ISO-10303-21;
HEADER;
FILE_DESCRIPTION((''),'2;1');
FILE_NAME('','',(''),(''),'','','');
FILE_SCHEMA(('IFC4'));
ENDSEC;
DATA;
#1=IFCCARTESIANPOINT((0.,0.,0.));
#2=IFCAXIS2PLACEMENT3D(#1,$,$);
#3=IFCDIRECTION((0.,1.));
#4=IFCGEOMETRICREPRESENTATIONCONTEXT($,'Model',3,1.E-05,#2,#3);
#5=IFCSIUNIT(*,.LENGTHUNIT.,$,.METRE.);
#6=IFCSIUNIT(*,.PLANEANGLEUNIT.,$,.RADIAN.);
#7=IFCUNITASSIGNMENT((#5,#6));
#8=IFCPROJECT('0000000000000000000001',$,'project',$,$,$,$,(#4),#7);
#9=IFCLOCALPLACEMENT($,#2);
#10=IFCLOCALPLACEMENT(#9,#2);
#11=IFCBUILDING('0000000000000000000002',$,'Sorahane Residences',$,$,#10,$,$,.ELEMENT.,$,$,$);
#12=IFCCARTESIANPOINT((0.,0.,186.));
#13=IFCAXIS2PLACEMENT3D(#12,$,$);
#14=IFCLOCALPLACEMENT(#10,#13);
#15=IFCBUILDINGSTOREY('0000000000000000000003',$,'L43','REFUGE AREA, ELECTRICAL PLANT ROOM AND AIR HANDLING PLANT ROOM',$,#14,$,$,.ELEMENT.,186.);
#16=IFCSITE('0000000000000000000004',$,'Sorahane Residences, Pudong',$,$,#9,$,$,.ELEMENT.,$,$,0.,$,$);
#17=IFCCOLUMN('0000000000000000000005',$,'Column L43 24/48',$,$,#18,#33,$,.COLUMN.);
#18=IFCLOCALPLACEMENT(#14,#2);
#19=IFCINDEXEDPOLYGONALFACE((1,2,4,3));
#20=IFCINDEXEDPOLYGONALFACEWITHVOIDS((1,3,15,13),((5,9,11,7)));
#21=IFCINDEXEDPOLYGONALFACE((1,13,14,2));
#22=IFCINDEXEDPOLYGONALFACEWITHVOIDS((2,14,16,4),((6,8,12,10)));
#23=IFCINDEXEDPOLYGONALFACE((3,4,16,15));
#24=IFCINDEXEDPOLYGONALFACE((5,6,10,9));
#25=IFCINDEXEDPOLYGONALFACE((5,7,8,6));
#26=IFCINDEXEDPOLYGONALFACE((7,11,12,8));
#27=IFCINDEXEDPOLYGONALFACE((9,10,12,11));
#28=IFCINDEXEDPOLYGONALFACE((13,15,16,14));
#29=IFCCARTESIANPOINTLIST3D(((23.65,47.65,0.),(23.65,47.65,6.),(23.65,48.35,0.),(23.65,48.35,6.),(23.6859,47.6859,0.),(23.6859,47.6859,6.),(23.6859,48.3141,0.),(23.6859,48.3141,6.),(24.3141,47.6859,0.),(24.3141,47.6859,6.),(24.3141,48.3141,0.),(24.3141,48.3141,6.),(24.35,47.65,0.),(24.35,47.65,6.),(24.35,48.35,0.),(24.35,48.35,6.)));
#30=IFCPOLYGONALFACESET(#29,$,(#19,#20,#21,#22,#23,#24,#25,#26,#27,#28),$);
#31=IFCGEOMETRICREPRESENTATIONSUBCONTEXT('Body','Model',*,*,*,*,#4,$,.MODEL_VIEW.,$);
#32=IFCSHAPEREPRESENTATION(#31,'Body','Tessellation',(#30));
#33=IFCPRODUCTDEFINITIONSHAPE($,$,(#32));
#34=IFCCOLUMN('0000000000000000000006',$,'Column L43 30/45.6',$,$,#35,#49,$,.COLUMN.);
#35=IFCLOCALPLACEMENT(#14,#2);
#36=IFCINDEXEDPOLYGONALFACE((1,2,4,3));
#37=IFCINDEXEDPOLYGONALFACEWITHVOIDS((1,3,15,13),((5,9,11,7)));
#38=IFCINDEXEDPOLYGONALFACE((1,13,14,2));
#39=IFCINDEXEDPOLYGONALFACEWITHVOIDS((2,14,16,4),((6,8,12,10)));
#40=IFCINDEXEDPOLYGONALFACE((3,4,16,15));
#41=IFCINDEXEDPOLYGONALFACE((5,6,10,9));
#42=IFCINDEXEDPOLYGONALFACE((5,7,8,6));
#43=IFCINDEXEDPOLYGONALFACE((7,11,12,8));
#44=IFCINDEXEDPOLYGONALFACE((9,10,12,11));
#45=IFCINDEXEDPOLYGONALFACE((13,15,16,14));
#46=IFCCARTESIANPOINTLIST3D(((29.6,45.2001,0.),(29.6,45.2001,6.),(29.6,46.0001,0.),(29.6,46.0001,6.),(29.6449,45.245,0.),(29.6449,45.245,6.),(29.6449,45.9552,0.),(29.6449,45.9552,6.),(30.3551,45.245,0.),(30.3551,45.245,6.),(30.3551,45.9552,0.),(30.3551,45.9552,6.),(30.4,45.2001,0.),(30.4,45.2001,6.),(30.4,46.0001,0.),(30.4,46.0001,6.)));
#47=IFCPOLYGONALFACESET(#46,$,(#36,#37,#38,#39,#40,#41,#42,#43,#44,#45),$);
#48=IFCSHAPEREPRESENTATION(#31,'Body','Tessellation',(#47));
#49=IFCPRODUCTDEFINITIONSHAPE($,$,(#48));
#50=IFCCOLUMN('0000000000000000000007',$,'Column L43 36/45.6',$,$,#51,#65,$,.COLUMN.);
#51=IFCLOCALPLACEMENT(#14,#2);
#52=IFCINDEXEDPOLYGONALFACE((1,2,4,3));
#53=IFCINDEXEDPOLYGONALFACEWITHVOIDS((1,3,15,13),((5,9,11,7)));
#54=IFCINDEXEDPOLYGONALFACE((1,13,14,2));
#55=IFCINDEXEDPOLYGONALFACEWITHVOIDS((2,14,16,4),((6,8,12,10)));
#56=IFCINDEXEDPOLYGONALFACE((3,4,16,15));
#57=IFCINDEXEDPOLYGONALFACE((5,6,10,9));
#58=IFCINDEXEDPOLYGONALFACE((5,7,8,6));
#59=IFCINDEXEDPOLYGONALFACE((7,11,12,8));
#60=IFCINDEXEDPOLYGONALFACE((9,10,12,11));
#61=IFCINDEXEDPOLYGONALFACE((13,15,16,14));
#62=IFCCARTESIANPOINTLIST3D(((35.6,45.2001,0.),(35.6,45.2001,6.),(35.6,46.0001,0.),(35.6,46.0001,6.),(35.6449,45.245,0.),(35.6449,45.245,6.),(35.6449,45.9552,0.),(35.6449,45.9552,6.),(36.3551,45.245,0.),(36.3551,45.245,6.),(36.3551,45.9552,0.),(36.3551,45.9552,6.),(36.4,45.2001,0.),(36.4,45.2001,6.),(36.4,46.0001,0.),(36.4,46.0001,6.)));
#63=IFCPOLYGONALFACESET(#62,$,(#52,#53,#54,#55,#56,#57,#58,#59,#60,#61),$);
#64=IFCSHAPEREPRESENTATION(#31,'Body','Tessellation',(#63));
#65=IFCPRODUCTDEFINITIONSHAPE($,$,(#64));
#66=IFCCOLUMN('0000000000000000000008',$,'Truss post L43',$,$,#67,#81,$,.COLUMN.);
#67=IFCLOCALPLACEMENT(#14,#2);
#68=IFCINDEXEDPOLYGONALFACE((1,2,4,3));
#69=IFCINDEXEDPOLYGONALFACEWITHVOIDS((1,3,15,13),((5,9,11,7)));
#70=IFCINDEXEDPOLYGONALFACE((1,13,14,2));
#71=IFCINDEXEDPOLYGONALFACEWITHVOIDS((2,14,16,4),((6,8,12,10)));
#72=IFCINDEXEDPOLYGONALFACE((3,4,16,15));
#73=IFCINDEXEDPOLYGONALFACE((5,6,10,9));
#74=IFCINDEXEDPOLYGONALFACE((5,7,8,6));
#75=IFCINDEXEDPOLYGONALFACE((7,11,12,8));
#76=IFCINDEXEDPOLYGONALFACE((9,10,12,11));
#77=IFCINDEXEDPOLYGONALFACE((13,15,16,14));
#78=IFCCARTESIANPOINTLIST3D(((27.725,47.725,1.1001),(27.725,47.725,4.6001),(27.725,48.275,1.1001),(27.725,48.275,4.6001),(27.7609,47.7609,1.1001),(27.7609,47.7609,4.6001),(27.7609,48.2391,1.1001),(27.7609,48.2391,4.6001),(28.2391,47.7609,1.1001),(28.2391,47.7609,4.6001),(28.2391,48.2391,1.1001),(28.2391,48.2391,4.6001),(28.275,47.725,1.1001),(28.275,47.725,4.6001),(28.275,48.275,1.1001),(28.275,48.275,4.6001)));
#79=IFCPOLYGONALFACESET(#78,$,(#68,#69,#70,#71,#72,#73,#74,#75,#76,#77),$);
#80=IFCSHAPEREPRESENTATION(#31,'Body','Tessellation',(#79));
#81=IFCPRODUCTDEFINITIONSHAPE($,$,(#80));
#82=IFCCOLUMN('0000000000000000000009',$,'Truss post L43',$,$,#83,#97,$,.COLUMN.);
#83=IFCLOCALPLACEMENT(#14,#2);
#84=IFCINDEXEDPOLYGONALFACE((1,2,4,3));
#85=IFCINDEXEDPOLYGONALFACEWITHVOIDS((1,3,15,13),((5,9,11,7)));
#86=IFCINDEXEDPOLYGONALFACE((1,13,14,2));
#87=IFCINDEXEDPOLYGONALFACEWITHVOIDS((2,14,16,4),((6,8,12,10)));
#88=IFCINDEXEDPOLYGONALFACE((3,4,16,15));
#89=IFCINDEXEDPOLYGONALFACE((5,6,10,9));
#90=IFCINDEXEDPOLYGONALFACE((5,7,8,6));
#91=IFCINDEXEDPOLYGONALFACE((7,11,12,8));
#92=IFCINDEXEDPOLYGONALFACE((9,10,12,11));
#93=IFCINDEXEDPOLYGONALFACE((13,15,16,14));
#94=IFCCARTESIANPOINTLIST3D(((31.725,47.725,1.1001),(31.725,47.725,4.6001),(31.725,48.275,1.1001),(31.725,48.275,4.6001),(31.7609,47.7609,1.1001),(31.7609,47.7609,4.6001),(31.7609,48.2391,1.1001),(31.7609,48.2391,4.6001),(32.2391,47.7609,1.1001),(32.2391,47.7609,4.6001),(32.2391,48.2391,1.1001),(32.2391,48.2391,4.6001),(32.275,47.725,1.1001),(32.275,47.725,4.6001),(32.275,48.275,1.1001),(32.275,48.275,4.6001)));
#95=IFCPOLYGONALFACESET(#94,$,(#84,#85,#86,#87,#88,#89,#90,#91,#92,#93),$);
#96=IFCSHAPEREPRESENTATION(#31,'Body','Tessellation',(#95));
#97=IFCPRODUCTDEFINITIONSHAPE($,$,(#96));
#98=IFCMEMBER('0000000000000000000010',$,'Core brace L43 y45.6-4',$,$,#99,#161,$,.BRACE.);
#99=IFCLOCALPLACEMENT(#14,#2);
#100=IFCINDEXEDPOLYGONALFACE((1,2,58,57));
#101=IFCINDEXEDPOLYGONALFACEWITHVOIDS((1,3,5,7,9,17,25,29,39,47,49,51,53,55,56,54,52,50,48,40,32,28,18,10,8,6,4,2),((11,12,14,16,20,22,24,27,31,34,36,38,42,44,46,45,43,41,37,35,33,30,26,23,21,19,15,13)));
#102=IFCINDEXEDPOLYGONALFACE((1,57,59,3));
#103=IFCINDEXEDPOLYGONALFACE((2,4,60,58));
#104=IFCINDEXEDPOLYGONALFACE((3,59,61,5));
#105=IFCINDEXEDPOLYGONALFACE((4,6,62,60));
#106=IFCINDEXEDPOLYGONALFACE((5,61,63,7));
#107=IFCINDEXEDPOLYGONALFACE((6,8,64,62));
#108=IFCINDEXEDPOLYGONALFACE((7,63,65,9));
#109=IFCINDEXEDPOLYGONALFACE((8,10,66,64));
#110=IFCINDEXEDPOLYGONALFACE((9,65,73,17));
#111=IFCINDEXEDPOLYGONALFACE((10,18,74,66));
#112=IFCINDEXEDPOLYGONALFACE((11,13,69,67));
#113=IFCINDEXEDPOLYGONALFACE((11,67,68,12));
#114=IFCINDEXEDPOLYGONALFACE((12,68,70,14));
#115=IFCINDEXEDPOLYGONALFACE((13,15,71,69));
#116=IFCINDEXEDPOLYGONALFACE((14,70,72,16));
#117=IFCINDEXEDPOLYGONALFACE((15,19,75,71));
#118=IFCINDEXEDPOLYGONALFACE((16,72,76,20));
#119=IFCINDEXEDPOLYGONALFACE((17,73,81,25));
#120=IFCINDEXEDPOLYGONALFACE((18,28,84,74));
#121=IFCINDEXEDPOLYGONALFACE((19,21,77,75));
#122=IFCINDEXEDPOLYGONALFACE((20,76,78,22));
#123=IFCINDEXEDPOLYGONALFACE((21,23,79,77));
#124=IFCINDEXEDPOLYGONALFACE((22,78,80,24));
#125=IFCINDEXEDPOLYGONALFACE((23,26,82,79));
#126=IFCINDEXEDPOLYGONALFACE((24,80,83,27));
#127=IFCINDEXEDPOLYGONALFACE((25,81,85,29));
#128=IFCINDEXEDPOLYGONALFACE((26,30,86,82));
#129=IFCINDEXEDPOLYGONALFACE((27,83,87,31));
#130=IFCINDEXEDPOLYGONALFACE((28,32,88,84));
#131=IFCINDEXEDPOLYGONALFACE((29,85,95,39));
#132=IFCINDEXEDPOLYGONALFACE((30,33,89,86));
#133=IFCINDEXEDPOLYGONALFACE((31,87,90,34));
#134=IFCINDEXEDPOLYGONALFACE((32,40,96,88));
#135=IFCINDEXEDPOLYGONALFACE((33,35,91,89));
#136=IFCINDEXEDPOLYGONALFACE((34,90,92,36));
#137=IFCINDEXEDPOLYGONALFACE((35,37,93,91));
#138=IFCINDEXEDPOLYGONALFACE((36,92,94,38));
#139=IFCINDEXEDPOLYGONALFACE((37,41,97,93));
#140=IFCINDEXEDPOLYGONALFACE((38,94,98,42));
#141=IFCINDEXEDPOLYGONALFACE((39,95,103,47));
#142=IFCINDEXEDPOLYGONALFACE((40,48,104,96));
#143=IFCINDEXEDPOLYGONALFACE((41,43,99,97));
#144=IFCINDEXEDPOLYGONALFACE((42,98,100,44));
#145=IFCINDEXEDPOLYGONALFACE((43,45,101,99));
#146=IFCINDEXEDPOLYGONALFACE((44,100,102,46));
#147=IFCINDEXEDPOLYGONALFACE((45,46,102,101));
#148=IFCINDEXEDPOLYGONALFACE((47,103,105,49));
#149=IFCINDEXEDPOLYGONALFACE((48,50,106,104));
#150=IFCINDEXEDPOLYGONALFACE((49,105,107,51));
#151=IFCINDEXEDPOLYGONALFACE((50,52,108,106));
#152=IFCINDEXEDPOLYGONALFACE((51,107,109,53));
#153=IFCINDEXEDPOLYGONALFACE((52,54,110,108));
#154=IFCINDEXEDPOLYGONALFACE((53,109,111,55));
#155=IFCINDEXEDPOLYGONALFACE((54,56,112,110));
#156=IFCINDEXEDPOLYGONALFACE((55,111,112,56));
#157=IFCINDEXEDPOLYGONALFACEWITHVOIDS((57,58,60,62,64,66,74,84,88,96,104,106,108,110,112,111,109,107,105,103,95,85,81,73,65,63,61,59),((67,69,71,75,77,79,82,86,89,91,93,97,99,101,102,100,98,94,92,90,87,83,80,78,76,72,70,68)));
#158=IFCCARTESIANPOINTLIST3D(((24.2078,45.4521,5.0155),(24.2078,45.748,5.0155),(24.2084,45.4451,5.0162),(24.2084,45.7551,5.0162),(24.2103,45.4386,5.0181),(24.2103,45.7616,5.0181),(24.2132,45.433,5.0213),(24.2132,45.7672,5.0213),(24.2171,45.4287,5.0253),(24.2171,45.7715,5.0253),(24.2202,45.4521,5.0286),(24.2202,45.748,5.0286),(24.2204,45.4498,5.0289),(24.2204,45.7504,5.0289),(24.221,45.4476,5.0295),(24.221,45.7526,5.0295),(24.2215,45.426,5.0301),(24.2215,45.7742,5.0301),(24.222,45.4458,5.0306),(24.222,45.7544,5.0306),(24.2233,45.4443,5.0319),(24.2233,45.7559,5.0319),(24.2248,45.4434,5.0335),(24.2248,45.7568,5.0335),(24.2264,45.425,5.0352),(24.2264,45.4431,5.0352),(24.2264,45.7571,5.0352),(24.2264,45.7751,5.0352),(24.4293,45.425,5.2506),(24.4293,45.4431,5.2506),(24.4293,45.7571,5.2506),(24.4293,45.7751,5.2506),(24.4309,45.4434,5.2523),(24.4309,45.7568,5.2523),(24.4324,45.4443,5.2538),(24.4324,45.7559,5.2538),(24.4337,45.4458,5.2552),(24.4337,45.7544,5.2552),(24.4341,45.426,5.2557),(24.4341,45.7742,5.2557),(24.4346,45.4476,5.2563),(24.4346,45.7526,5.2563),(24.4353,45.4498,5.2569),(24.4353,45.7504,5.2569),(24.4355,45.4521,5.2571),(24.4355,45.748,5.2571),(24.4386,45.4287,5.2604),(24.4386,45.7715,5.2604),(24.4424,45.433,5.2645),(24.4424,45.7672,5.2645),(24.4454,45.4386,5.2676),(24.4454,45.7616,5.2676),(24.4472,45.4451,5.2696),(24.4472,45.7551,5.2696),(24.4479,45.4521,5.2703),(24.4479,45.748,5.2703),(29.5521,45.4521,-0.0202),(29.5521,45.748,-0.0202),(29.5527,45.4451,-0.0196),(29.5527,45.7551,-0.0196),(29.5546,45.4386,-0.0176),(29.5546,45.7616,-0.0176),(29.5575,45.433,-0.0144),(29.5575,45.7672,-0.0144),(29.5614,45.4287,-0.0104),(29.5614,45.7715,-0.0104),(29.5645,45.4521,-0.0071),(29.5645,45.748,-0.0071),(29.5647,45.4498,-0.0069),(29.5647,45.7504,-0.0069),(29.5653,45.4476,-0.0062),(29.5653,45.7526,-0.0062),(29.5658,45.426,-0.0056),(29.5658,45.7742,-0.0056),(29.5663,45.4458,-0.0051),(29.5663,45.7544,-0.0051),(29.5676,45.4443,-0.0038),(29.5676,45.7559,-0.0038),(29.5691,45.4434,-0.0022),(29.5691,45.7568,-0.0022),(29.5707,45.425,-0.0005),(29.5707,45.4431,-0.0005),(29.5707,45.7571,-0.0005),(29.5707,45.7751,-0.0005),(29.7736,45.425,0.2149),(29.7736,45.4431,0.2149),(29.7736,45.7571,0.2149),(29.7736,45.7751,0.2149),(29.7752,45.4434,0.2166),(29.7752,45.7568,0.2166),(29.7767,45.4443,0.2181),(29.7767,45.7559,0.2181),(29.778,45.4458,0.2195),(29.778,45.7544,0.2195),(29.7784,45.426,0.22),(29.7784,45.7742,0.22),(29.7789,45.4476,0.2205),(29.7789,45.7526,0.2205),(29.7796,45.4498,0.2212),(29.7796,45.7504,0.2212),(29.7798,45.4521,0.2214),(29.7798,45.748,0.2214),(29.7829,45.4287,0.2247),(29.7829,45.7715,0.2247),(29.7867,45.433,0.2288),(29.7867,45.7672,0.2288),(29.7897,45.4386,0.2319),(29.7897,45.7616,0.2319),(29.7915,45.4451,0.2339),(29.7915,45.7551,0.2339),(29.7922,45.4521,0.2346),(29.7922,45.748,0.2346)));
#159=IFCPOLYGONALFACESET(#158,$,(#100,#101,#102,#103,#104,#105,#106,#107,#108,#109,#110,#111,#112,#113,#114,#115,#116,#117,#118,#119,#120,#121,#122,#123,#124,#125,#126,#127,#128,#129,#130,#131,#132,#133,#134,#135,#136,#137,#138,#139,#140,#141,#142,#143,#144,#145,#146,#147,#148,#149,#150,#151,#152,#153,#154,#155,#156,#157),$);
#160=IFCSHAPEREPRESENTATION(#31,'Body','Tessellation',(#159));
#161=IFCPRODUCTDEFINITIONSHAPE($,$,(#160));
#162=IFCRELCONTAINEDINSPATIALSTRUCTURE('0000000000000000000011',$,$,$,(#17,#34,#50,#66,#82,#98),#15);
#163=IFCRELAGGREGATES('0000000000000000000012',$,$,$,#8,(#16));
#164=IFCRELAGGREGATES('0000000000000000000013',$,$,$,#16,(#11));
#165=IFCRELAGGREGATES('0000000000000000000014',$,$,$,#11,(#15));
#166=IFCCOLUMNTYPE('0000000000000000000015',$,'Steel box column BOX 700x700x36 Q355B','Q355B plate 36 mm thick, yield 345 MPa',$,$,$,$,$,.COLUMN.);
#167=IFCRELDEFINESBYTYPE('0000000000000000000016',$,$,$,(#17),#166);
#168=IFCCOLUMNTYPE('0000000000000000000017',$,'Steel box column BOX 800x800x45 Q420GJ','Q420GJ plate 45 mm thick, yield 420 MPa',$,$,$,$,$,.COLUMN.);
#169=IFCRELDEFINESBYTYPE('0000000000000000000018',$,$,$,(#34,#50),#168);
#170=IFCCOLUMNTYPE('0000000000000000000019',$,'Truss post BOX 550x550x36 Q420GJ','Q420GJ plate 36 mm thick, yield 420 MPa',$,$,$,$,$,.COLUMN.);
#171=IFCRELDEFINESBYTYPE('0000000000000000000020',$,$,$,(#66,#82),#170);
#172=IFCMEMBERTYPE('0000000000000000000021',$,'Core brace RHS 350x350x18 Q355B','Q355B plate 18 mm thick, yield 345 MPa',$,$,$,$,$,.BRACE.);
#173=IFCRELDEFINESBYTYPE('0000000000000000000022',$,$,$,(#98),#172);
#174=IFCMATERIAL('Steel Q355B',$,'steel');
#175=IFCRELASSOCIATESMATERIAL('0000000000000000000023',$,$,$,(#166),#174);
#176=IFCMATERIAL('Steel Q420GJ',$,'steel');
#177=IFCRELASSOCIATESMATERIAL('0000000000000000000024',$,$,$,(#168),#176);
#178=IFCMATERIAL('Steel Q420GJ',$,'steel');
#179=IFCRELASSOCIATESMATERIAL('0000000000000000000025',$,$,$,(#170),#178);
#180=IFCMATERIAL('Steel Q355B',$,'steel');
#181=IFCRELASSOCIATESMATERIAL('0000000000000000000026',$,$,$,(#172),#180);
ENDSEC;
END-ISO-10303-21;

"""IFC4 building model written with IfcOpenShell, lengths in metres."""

from ifc_helpers import new_model, si_unit, direction, frame, origin, origin_2d, place, context, subcontext, project, spatial, hollow_rectangle, extrude, material, material_profile, profile_set, type_object, element, save


model = new_model("IFC4")

# Units and contexts
model_context = context("Model", 3, precision=1e-05, world=origin(), true_north=direction((0.0, 1.0)))
body_context = subcontext(model_context, "Body", "Model", "MODEL_VIEW")
ifc_project = project(units=[si_unit("LENGTHUNIT", "METRE"), si_unit("PLANEANGLEUNIT", "RADIAN")], contexts=[model_context])

# Site, building, storey
site_placement = place(None, origin())
site = spatial("IfcSite", under=ifc_project, at=site_placement, Name="Sorahane Residences, Pudong", CompositionType="ELEMENT", RefElevation=0.0)
building_placement = place(site_placement, origin())
building = spatial("IfcBuilding", under=site, at=building_placement, Name="Sorahane Residences", CompositionType="ELEMENT")
storey_placement = place(building_placement, frame((0.0, 0.0, 186.0)))
storey = spatial("IfcBuildingStorey", under=building, at=storey_placement, Name="L43", Description="REFUGE AREA, ELECTRICAL PLANT ROOM AND AIR HANDLING PLANT ROOM", CompositionType="ELEMENT", Elevation=186.0)

# Columns
ifc_material_1 = material(Name="Steel Q355B", Category="steel")
ifc_material_profile_1 = material_profile(ifc_material_1, hollow_rectangle(XDim=0.7, YDim=0.7, WallThickness=0.0359, at=origin_2d()), Name="BOX 700x700x36")
ifc_profile_set_1 = profile_set([ifc_material_profile_1], Name="Steel Q355B")
column_type_1 = type_object("IfcColumnType", Name="Steel box column BOX 700x700x36 Q355B", Description="Q355B plate 36 mm thick, yield 345 MPa", PredefinedType="COLUMN", material=ifc_profile_set_1)
column_placement = place(storey_placement, frame((24.0, 48.0, 0.0), z_axis=(0.0, 0.0, 1.0), x_axis=(1.0, 0.0, 0.0)))
element("IfcColumn", 1, at=column_placement, inside=storey, type_object=column_type_1, Name="Column L43 24/48", PredefinedType="COLUMN", context=body_context, shape_type="SweptSolid", body=[
    extrude(hollow_rectangle(XDim=0.7, YDim=0.7, WallThickness=0.0359, at=origin_2d()), origin(), (0.0, 0.0, 1.0), 6.0),
])
ifc_material_2 = material(Name="Steel Q420GJ", Category="steel")
ifc_material_profile_2 = material_profile(ifc_material_2, hollow_rectangle(XDim=0.8, YDim=0.8, WallThickness=0.0449, at=origin_2d()), Name="BOX 800x800x45")
ifc_profile_set_2 = profile_set([ifc_material_profile_2], Name="Steel Q420GJ")
column_type_2 = type_object("IfcColumnType", Name="Steel box column BOX 800x800x45 Q420GJ", Description="Q420GJ plate 45 mm thick, yield 420 MPa", PredefinedType="COLUMN", material=ifc_profile_set_2)
for number, where, z_axis, x_axis, name in (
    (2, (30.0, 45.6001, 0.0), (0.0, 0.0, 1.0), (1.0, 0.0, 0.0), "Column L43 30/45.6"),
    (3, (36.0, 45.6001, 0.0), (0.0, 0.0, 1.0), (1.0, 0.0, 0.0), "Column L43 36/45.6"),
):
    element("IfcColumn", number, at=place(storey_placement, frame(where, z_axis=z_axis, x_axis=x_axis)), inside=storey, type_object=column_type_2, Name=name, PredefinedType="COLUMN", context=body_context, shape_type="SweptSolid", body=[
        extrude(hollow_rectangle(XDim=0.8, YDim=0.8, WallThickness=0.0449, at=origin_2d()), origin(), (0.0, 0.0, 1.0), 6.0),
    ])
ifc_material_3 = material(Name="Steel Q420GJ", Category="steel")
ifc_material_profile_3 = material_profile(ifc_material_3, hollow_rectangle(XDim=0.55, YDim=0.55, WallThickness=0.0359, at=origin_2d()), Name="BOX 550x550x36")
ifc_profile_set_3 = profile_set([ifc_material_profile_3], Name="Steel Q420GJ")
column_type_3 = type_object("IfcColumnType", Name="Truss post BOX 550x550x36 Q420GJ", Description="Q420GJ plate 36 mm thick, yield 420 MPa", PredefinedType="COLUMN", material=ifc_profile_set_3)
for number, where, z_axis, x_axis, name in (
    (4, (28.0, 48.0, 1.1001), (0.0, 0.0, 1.0), (1.0, 0.0, 0.0), "Truss post L43"),
    (5, (32.0, 48.0, 1.1001), (0.0, 0.0, 1.0), (1.0, 0.0, 0.0), "Truss post L43"),
):
    element("IfcColumn", number, at=place(storey_placement, frame(where, z_axis=z_axis, x_axis=x_axis)), inside=storey, type_object=column_type_3, Name=name, PredefinedType="COLUMN", context=body_context, shape_type="SweptSolid", body=[
        extrude(hollow_rectangle(XDim=0.55, YDim=0.55, WallThickness=0.0359, at=origin_2d()), origin(), (0.0, 0.0, 1.0), 3.5),
    ])

# Member
ifc_material_4 = material(Name="Steel Q355B", Category="steel")
ifc_material_profile_4 = material_profile(ifc_material_4, hollow_rectangle(XDim=0.3501, YDim=0.3501, WallThickness=0.0181, InnerFilletRadius=0.009, OuterFilletRadius=0.0271, at=origin_2d()), Name="RHS 350x350x18")
ifc_profile_set_4 = profile_set([ifc_material_profile_4], Name="Steel Q355B")
member_type_1 = type_object("IfcMemberType", Name="Core brace RHS 350x350x18 Q355B", Description="Q355B plate 18 mm thick, yield 345 MPa", PredefinedType="BRACE", material=ifc_profile_set_4)
member_1_placement = place(storey_placement, frame((29.6721, 45.6001, 0.1072), z_axis=(-0.727807, 0.0, 0.685782), x_axis=(0.0, -1.0, 0.0)))
element("IfcMember", 6, at=member_1_placement, inside=storey, type_object=member_type_1, Name="Core brace L43 y45.6-4", PredefinedType="BRACE", context=body_context, shape_type="SweptSolid", body=[
    extrude(hollow_rectangle(XDim=0.3501, YDim=0.3501, WallThickness=0.0181, InnerFilletRadius=0.009, OuterFilletRadius=0.0271, at=origin_2d()), origin(), (0.0, 0.0, 1.0), 7.343),
])

save(model, "model.ifc")
